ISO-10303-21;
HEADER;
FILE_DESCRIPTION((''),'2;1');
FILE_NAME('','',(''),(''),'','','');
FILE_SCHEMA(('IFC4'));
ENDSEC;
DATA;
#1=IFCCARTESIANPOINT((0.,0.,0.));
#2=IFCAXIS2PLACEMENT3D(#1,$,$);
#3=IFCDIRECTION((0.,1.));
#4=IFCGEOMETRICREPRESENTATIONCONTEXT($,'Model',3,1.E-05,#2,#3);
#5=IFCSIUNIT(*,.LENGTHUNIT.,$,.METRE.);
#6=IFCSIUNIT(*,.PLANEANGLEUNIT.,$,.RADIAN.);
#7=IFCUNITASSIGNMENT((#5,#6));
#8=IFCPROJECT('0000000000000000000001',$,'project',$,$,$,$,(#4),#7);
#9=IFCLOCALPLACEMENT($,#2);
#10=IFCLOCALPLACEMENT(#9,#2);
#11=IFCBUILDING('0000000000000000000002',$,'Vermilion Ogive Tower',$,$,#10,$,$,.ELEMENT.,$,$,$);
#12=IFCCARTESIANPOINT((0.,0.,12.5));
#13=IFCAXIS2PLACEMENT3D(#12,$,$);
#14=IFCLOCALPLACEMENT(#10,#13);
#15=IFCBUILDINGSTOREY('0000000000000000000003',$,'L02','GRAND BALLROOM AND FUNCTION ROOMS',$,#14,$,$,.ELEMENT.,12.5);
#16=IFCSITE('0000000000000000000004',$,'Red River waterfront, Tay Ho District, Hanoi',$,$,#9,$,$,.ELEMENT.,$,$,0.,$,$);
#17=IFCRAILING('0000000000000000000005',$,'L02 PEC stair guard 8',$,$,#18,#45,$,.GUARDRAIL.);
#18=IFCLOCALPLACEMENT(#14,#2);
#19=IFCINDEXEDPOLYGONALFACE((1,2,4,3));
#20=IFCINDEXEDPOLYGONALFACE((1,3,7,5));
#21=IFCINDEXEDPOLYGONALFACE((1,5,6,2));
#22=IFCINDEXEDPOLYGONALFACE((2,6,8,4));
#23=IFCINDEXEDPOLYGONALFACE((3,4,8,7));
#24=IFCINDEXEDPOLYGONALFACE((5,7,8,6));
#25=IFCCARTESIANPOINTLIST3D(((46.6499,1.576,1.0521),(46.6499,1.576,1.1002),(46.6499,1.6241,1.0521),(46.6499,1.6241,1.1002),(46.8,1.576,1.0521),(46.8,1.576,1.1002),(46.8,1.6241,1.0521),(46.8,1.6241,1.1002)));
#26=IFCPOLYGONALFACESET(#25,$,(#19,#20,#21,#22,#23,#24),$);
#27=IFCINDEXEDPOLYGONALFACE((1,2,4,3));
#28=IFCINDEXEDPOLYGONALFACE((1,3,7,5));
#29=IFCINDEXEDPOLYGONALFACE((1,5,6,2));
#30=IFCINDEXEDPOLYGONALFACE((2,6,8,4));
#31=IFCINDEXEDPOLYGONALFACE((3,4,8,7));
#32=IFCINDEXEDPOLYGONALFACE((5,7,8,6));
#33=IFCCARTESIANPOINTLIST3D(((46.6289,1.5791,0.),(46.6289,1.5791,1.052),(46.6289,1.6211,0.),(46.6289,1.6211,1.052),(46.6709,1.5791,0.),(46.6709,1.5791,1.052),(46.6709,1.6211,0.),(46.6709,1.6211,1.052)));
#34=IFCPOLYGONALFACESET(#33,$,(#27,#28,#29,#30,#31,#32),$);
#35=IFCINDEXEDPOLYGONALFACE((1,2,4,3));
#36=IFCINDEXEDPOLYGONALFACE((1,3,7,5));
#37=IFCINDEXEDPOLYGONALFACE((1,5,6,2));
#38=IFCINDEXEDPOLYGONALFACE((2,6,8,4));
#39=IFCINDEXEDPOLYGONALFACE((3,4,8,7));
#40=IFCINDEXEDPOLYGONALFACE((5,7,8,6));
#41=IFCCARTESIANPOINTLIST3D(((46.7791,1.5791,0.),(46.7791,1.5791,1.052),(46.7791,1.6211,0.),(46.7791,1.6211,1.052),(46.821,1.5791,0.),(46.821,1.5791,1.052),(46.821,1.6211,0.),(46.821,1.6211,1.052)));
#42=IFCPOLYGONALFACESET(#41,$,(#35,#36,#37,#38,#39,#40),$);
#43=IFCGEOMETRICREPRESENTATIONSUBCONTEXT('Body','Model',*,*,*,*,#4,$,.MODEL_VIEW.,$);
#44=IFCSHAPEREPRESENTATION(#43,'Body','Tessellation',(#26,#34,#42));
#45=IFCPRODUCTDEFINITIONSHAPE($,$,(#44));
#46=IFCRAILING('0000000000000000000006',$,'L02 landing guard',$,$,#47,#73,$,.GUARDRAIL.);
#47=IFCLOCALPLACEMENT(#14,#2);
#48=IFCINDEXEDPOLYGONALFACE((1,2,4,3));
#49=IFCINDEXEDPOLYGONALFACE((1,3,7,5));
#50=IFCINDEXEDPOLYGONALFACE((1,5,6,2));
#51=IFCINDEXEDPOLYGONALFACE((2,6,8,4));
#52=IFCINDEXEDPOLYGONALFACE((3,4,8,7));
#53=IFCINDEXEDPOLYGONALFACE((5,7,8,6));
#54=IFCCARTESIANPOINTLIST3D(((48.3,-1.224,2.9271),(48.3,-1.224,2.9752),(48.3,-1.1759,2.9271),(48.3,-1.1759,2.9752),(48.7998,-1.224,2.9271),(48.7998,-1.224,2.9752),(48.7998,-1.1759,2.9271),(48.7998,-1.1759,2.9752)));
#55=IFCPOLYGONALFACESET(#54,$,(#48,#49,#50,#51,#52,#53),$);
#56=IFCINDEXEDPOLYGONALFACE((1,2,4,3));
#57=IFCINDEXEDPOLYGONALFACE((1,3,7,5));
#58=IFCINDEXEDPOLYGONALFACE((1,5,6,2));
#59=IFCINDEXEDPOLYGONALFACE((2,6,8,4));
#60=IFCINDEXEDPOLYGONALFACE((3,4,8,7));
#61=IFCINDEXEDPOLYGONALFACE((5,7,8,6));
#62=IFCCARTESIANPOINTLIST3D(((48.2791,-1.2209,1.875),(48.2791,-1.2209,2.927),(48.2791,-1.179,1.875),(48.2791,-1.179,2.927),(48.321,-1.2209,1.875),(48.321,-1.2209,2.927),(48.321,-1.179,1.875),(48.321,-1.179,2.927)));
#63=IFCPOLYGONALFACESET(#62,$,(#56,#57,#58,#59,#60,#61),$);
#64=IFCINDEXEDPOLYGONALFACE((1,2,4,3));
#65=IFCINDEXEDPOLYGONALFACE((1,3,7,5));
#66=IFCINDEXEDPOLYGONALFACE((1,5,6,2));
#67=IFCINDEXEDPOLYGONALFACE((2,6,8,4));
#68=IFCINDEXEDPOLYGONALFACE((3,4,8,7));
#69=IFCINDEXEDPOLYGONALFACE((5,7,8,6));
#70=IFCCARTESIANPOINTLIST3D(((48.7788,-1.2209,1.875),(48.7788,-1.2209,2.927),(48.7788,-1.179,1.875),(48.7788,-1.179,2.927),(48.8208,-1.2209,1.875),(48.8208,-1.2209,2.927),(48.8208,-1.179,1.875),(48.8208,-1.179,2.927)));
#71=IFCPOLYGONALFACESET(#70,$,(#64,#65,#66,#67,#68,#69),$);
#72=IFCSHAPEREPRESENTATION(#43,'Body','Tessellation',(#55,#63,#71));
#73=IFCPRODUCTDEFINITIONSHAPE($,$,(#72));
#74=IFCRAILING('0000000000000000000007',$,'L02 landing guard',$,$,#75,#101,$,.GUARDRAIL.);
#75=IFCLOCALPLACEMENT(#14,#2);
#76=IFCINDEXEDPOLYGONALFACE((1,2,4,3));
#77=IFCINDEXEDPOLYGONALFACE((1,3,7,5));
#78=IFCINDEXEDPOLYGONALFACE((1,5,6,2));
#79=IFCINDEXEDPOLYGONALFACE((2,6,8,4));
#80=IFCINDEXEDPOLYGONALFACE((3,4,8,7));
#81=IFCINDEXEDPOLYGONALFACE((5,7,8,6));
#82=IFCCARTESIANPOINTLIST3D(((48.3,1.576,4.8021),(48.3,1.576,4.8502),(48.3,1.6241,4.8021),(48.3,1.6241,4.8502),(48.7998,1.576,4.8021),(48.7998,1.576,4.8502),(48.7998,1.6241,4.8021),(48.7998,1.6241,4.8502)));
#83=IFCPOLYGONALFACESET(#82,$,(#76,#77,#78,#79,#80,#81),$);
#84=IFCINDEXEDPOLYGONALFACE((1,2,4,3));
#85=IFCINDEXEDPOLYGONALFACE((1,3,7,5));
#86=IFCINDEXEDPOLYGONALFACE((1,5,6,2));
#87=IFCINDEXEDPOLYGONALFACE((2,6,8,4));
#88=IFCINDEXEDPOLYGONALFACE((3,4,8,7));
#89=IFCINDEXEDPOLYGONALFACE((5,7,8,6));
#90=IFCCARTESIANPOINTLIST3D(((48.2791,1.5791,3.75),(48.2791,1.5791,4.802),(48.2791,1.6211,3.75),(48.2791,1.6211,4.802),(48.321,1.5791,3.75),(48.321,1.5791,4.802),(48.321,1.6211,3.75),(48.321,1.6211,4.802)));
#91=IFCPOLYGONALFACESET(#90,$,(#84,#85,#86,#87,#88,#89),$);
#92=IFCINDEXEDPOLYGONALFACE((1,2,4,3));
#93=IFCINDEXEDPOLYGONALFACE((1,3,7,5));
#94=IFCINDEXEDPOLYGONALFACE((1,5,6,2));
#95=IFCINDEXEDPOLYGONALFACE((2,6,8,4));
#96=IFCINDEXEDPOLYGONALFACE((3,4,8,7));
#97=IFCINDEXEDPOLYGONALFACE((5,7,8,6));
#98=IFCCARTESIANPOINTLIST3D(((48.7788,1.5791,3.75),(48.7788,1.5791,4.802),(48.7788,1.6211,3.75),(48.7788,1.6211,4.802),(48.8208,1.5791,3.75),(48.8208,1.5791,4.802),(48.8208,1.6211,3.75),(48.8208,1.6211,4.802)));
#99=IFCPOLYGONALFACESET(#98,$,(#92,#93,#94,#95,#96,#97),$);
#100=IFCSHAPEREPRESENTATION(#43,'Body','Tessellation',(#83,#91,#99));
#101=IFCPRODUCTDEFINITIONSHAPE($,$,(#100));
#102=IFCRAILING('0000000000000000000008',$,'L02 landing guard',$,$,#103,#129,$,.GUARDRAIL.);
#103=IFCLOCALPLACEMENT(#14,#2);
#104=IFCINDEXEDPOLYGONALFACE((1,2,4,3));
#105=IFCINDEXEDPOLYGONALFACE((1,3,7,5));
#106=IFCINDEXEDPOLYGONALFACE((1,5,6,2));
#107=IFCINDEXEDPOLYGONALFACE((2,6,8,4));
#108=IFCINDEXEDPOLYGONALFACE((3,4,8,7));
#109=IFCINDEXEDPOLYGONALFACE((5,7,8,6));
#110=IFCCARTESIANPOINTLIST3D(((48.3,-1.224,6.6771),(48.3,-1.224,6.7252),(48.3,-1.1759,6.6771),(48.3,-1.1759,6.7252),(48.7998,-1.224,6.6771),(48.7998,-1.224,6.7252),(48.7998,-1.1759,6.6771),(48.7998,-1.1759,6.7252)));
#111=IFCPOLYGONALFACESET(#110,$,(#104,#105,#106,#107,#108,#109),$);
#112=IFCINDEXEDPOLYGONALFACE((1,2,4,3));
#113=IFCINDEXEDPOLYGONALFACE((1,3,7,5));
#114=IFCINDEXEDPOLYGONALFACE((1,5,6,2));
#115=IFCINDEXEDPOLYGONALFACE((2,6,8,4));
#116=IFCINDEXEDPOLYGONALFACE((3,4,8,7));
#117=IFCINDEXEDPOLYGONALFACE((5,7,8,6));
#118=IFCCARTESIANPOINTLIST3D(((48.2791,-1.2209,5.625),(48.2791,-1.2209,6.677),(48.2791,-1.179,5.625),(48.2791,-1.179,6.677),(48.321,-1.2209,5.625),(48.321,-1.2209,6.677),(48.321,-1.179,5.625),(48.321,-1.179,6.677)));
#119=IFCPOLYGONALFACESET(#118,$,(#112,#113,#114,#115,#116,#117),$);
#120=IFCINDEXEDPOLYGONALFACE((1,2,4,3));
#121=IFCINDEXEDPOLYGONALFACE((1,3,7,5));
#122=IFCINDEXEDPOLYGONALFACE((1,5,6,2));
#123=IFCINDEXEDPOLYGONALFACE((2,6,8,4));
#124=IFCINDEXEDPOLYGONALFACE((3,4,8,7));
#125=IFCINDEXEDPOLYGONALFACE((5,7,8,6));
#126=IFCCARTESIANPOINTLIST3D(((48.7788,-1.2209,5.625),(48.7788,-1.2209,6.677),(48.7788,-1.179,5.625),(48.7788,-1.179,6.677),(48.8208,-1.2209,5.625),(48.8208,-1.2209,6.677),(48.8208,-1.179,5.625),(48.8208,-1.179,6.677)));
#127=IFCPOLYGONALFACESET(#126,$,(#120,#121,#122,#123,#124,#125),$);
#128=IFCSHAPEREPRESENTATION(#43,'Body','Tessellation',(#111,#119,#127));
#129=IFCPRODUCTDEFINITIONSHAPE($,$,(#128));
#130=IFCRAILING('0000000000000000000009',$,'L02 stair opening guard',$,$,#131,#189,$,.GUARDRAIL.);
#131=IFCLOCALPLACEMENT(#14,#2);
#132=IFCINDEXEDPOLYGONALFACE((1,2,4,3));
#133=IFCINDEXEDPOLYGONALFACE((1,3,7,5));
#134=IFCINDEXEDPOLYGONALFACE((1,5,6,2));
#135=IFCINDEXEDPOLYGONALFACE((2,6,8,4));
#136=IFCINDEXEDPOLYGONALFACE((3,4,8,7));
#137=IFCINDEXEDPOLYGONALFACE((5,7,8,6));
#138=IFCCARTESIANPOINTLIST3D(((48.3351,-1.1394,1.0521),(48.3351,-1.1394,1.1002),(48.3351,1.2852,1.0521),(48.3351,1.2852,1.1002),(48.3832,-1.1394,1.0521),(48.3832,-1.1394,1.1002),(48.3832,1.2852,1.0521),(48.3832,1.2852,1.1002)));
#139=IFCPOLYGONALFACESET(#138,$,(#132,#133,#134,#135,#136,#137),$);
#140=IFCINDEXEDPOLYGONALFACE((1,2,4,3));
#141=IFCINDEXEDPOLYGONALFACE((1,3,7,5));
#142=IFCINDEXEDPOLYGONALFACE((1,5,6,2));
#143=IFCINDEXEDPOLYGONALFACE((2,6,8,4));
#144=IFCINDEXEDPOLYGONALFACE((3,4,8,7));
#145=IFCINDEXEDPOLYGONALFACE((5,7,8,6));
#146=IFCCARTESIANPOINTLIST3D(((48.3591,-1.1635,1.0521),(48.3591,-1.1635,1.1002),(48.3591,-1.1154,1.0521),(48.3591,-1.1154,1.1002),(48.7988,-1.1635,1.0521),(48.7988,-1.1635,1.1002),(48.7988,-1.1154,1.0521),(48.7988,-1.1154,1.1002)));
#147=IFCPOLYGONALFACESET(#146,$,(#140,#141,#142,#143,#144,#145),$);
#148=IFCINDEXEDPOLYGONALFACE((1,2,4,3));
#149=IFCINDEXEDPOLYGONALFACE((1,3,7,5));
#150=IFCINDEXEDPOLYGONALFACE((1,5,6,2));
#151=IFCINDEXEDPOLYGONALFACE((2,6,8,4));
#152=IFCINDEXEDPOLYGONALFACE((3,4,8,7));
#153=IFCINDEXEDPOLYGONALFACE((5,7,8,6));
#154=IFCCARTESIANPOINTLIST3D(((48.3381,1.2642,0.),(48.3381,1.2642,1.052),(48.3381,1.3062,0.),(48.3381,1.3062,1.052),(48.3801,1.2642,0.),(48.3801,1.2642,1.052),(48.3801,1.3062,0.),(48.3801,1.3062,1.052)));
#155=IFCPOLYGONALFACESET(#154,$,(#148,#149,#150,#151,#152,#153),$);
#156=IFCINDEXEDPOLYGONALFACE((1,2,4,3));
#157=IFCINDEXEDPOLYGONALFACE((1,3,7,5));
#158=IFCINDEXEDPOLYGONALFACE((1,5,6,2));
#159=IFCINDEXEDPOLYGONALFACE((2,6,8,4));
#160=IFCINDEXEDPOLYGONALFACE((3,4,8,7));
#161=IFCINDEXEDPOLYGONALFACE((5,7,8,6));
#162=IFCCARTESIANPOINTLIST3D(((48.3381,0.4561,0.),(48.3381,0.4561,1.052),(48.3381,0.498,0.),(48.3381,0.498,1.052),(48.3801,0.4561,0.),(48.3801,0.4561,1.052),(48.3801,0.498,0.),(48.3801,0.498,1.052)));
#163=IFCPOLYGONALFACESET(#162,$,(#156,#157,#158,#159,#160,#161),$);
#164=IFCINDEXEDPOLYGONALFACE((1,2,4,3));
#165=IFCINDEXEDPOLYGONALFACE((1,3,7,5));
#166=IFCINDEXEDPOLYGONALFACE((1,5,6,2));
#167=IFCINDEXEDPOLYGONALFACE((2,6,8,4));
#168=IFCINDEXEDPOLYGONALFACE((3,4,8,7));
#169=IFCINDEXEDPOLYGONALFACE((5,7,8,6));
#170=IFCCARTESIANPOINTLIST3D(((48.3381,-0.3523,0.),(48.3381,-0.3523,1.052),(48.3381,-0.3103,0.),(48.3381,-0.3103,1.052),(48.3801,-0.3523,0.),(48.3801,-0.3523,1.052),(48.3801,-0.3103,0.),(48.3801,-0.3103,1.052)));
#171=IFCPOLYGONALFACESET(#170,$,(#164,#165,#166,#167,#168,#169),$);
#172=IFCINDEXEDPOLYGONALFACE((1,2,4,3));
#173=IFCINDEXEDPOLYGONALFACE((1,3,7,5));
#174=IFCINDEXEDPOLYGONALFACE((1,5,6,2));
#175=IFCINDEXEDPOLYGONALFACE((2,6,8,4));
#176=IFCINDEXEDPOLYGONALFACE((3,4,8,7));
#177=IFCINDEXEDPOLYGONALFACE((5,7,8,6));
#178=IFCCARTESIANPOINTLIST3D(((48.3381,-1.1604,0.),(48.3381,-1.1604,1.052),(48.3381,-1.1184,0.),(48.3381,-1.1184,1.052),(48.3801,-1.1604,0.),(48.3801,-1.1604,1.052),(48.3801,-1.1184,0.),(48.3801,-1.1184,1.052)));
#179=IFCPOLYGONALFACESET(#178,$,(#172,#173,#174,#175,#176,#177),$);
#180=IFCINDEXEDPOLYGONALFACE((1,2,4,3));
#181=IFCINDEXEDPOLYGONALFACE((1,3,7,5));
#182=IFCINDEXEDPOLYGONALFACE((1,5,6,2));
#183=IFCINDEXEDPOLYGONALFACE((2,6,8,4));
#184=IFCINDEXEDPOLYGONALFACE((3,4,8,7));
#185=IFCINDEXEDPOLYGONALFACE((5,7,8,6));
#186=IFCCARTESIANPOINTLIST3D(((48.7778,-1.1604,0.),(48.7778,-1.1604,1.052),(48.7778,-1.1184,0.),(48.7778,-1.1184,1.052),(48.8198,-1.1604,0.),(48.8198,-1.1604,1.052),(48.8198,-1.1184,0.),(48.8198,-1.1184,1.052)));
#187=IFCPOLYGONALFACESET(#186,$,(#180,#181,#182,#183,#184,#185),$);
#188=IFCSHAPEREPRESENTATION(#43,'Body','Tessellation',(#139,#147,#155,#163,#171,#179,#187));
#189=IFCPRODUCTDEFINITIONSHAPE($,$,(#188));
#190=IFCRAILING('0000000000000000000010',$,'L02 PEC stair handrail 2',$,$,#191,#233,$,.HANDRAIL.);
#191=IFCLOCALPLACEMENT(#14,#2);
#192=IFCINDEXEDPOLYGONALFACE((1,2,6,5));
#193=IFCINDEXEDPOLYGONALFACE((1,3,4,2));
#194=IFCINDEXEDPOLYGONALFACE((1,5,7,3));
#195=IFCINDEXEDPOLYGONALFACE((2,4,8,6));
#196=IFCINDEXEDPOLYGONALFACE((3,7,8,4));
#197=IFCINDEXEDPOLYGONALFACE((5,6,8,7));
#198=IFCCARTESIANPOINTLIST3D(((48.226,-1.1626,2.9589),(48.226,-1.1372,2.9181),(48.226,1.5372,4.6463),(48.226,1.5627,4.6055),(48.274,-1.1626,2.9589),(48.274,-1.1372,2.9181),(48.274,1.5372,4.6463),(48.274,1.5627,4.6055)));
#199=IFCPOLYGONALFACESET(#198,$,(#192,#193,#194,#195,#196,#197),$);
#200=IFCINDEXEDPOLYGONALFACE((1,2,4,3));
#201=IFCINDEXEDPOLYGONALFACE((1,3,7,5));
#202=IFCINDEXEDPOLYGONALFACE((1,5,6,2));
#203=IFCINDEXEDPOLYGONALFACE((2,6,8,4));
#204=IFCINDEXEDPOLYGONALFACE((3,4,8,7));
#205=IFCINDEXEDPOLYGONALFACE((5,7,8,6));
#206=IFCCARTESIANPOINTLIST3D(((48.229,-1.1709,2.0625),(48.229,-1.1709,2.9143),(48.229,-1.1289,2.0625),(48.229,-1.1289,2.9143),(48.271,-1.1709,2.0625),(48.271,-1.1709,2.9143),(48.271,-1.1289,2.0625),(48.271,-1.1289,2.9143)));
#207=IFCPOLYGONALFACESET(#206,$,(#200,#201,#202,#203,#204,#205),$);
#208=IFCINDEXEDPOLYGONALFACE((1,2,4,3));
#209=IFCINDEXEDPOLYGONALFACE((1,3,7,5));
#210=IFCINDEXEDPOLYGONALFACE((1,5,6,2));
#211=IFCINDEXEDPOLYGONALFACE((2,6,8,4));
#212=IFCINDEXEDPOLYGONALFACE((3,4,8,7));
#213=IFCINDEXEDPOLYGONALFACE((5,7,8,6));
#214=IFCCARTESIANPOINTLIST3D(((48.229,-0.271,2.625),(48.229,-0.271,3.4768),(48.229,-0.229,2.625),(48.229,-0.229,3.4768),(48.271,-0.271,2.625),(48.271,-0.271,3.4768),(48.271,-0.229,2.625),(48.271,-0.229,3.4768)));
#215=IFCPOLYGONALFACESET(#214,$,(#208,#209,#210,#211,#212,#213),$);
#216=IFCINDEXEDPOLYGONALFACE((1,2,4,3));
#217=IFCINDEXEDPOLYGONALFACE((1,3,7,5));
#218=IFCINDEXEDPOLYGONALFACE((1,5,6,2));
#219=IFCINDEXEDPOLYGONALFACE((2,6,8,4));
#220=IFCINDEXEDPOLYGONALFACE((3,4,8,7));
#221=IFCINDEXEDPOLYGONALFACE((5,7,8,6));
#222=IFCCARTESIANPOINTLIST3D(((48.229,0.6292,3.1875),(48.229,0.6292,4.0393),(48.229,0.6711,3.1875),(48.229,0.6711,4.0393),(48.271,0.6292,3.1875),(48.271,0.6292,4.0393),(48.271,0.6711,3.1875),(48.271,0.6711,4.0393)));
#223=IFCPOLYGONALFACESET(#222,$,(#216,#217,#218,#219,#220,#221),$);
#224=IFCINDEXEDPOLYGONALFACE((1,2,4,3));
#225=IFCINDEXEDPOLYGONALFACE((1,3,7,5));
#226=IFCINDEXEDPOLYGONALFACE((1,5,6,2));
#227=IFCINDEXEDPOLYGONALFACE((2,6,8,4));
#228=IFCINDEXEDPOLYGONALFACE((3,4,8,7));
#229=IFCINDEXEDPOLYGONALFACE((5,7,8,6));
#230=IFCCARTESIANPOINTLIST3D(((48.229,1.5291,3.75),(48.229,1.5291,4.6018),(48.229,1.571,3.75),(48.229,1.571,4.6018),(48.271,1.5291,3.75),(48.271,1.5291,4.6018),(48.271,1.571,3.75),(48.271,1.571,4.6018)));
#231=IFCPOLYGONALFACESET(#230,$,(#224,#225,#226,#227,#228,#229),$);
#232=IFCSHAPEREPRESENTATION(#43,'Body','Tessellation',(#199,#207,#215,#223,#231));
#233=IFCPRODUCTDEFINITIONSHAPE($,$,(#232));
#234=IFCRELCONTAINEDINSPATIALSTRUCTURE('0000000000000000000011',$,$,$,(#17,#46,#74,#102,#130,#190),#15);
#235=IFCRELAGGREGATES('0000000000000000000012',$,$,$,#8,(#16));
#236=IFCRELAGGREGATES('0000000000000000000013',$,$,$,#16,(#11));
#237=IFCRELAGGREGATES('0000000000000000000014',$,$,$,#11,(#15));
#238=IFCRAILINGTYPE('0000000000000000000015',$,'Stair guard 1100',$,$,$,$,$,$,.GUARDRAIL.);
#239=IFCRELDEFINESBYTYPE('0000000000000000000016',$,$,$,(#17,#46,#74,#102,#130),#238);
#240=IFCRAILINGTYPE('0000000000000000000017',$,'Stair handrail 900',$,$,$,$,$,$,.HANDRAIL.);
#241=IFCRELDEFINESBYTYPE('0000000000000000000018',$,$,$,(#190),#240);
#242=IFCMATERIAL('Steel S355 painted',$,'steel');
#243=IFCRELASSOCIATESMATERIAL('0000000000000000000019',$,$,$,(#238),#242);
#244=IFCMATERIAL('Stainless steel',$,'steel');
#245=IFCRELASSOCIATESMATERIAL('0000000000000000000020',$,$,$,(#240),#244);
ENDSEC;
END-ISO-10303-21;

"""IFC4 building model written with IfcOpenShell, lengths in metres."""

from ifc_helpers import new_model, si_unit, direction, frame, origin, origin_2d, place, context, subcontext, project, spatial, rectangle, extrude, material, type_object, element, save


model = new_model("IFC4")

# Units and contexts
model_context = context("Model", 3, precision=1e-05, world=origin(), true_north=direction((0.0, 1.0)))
body_context = subcontext(model_context, "Body", "Model", "MODEL_VIEW")
ifc_project = project(units=[si_unit("LENGTHUNIT", "METRE"), si_unit("PLANEANGLEUNIT", "RADIAN")], contexts=[model_context])

# Site, building, storey
site_placement = place(None, origin())
site = spatial("IfcSite", under=ifc_project, at=site_placement, Name="Red River waterfront, Tay Ho District, Hanoi", CompositionType="ELEMENT", RefElevation=0.0)
building_placement = place(site_placement, origin())
building = spatial("IfcBuilding", under=site, at=building_placement, Name="Vermilion Ogive Tower", CompositionType="ELEMENT")
storey_placement = place(building_placement, frame((0.0, 0.0, 12.5)))
storey = spatial("IfcBuildingStorey", under=building, at=storey_placement, Name="L02", Description="GRAND BALLROOM AND FUNCTION ROOMS", CompositionType="ELEMENT", Elevation=12.5)

# Railings
ifc_material_1 = material(Name="Steel S355 painted", Category="steel")
railing_type_1 = type_object("IfcRailingType", Name="Stair guard 1100", PredefinedType="GUARDRAIL", material=ifc_material_1)
railing_1_placement = place(storey_placement, frame((46.6499, 1.6001, 0.0)))
element("IfcRailing", 1, at=railing_1_placement, inside=storey, type_object=railing_type_1, Name="L02 PEC stair guard 8", PredefinedType="GUARDRAIL", context=body_context, shape_type="SweptSolid", body=[
    extrude(rectangle(XDim=0.0481, YDim=0.0481, at=origin_2d()), frame((0.0, 0.0, 1.0762), z_axis=(1.0, 0.0, 0.0), x_axis=(0.0, 1.0, 0.0)), (0.0, 0.0, 1.0), 0.1501),
    extrude(rectangle(XDim=0.042, YDim=0.042, at=origin_2d()), origin(), (0.0, 0.0, 1.0), 1.052),
    extrude(rectangle(XDim=0.042, YDim=0.042, at=origin_2d()), frame((0.1501, 0.0, 0.0)), (0.0, 0.0, 1.0), 1.052),
])
for number, where, name in (
    (2, (48.3, -1.2, 1.875), "L02 landing guard"),
    (3, (48.3, 1.6001, 3.75), "L02 landing guard"),
    (4, (48.3, -1.2, 5.625), "L02 landing guard"),
):
    element("IfcRailing", number, at=place(storey_placement, frame(where)), inside=storey, type_object=railing_type_1, Name=name, PredefinedType="GUARDRAIL", context=body_context, shape_type="SweptSolid", body=[
        extrude(rectangle(XDim=0.0481, YDim=0.0481, at=origin_2d()), frame((0.0, 0.0, 1.0762), z_axis=(1.0, 0.0, 0.0), x_axis=(0.0, 1.0, 0.0)), (0.0, 0.0, 1.0), 0.4998),
        extrude(rectangle(XDim=0.042, YDim=0.042, at=origin_2d()), origin(), (0.0, 0.0, 1.0), 1.052),
        extrude(rectangle(XDim=0.042, YDim=0.042, at=origin_2d()), frame((0.4998, 0.0, 0.0)), (0.0, 0.0, 1.0), 1.052),
    ])
railing_2_placement = place(storey_placement, frame((48.3591, 1.2852, 0.0)))
element("IfcRailing", 5, at=railing_2_placement, inside=storey, type_object=railing_type_1, Name="L02 stair opening guard", PredefinedType="GUARDRAIL", context=body_context, shape_type="SweptSolid", body=[
    extrude(rectangle(XDim=0.0481, YDim=0.0481, at=origin_2d()), frame((0.0, 0.0, 1.0762), z_axis=(0.0, -1.0, 0.0), x_axis=(1.0, 0.0, 0.0)), (0.0, 0.0, 1.0), 2.4246),
    extrude(rectangle(XDim=0.0481, YDim=0.0481, at=origin_2d()), frame((0.0, -2.4246, 1.0762), z_axis=(1.0, 0.0, 0.0), x_axis=(0.0, 1.0, 0.0)), (0.0, 0.0, 1.0), 0.4397),
    extrude(rectangle(XDim=0.042, YDim=0.042, at=origin_2d()), origin(), (0.0, 0.0, 1.0), 1.052),
    extrude(rectangle(XDim=0.042, YDim=0.042, at=origin_2d()), frame((0.0, -0.8081, 0.0)), (0.0, 0.0, 1.0), 1.052),
    extrude(rectangle(XDim=0.042, YDim=0.042, at=origin_2d()), frame((0.0, -1.6165, 0.0)), (0.0, 0.0, 1.0), 1.052),
    extrude(rectangle(XDim=0.042, YDim=0.042, at=origin_2d()), frame((0.0, -2.4246, 0.0)), (0.0, 0.0, 1.0), 1.052),
    extrude(rectangle(XDim=0.042, YDim=0.042, at=origin_2d()), frame((0.4397, -2.4246, 0.0)), (0.0, 0.0, 1.0), 1.052),
])
ifc_material_2 = material(Name="Stainless steel", Category="steel")
railing_type_2 = type_object("IfcRailingType", Name="Stair handrail 900", PredefinedType="HANDRAIL", material=ifc_material_2)
for number, where, name in (
    (6, (48.25, -1.1499, 2.0625), "L02 PEC stair handrail 2"),
):
    element("IfcRailing", number, at=place(storey_placement, frame(where)), inside=storey, type_object=railing_type_2, Name=name, PredefinedType="HANDRAIL", context=body_context, shape_type="SweptSolid", body=[
        extrude(rectangle(XDim=0.0481, YDim=0.0481, at=origin_2d()), frame((0.0, 0.0, 0.876), z_axis=(0.0, 0.847994, 0.530006), x_axis=(-1.0, 0.0, 0.0)), (0.0, 0.0, 1.0), 3.1838),
        extrude(rectangle(XDim=0.042, YDim=0.042, at=origin_2d()), origin(), (0.0, 0.0, 1.0), 0.8518),
        extrude(rectangle(XDim=0.042, YDim=0.042, at=origin_2d()), frame((0.0, 0.8999, 0.5625)), (0.0, 0.0, 1.0), 0.8518),
        extrude(rectangle(XDim=0.042, YDim=0.042, at=origin_2d()), frame((0.0, 1.8, 1.125)), (0.0, 0.0, 1.0), 0.8518),
        extrude(rectangle(XDim=0.042, YDim=0.042, at=origin_2d()), frame((0.0, 2.7, 1.6875)), (0.0, 0.0, 1.0), 0.8518),
    ])

save(model, "model.ifc")
